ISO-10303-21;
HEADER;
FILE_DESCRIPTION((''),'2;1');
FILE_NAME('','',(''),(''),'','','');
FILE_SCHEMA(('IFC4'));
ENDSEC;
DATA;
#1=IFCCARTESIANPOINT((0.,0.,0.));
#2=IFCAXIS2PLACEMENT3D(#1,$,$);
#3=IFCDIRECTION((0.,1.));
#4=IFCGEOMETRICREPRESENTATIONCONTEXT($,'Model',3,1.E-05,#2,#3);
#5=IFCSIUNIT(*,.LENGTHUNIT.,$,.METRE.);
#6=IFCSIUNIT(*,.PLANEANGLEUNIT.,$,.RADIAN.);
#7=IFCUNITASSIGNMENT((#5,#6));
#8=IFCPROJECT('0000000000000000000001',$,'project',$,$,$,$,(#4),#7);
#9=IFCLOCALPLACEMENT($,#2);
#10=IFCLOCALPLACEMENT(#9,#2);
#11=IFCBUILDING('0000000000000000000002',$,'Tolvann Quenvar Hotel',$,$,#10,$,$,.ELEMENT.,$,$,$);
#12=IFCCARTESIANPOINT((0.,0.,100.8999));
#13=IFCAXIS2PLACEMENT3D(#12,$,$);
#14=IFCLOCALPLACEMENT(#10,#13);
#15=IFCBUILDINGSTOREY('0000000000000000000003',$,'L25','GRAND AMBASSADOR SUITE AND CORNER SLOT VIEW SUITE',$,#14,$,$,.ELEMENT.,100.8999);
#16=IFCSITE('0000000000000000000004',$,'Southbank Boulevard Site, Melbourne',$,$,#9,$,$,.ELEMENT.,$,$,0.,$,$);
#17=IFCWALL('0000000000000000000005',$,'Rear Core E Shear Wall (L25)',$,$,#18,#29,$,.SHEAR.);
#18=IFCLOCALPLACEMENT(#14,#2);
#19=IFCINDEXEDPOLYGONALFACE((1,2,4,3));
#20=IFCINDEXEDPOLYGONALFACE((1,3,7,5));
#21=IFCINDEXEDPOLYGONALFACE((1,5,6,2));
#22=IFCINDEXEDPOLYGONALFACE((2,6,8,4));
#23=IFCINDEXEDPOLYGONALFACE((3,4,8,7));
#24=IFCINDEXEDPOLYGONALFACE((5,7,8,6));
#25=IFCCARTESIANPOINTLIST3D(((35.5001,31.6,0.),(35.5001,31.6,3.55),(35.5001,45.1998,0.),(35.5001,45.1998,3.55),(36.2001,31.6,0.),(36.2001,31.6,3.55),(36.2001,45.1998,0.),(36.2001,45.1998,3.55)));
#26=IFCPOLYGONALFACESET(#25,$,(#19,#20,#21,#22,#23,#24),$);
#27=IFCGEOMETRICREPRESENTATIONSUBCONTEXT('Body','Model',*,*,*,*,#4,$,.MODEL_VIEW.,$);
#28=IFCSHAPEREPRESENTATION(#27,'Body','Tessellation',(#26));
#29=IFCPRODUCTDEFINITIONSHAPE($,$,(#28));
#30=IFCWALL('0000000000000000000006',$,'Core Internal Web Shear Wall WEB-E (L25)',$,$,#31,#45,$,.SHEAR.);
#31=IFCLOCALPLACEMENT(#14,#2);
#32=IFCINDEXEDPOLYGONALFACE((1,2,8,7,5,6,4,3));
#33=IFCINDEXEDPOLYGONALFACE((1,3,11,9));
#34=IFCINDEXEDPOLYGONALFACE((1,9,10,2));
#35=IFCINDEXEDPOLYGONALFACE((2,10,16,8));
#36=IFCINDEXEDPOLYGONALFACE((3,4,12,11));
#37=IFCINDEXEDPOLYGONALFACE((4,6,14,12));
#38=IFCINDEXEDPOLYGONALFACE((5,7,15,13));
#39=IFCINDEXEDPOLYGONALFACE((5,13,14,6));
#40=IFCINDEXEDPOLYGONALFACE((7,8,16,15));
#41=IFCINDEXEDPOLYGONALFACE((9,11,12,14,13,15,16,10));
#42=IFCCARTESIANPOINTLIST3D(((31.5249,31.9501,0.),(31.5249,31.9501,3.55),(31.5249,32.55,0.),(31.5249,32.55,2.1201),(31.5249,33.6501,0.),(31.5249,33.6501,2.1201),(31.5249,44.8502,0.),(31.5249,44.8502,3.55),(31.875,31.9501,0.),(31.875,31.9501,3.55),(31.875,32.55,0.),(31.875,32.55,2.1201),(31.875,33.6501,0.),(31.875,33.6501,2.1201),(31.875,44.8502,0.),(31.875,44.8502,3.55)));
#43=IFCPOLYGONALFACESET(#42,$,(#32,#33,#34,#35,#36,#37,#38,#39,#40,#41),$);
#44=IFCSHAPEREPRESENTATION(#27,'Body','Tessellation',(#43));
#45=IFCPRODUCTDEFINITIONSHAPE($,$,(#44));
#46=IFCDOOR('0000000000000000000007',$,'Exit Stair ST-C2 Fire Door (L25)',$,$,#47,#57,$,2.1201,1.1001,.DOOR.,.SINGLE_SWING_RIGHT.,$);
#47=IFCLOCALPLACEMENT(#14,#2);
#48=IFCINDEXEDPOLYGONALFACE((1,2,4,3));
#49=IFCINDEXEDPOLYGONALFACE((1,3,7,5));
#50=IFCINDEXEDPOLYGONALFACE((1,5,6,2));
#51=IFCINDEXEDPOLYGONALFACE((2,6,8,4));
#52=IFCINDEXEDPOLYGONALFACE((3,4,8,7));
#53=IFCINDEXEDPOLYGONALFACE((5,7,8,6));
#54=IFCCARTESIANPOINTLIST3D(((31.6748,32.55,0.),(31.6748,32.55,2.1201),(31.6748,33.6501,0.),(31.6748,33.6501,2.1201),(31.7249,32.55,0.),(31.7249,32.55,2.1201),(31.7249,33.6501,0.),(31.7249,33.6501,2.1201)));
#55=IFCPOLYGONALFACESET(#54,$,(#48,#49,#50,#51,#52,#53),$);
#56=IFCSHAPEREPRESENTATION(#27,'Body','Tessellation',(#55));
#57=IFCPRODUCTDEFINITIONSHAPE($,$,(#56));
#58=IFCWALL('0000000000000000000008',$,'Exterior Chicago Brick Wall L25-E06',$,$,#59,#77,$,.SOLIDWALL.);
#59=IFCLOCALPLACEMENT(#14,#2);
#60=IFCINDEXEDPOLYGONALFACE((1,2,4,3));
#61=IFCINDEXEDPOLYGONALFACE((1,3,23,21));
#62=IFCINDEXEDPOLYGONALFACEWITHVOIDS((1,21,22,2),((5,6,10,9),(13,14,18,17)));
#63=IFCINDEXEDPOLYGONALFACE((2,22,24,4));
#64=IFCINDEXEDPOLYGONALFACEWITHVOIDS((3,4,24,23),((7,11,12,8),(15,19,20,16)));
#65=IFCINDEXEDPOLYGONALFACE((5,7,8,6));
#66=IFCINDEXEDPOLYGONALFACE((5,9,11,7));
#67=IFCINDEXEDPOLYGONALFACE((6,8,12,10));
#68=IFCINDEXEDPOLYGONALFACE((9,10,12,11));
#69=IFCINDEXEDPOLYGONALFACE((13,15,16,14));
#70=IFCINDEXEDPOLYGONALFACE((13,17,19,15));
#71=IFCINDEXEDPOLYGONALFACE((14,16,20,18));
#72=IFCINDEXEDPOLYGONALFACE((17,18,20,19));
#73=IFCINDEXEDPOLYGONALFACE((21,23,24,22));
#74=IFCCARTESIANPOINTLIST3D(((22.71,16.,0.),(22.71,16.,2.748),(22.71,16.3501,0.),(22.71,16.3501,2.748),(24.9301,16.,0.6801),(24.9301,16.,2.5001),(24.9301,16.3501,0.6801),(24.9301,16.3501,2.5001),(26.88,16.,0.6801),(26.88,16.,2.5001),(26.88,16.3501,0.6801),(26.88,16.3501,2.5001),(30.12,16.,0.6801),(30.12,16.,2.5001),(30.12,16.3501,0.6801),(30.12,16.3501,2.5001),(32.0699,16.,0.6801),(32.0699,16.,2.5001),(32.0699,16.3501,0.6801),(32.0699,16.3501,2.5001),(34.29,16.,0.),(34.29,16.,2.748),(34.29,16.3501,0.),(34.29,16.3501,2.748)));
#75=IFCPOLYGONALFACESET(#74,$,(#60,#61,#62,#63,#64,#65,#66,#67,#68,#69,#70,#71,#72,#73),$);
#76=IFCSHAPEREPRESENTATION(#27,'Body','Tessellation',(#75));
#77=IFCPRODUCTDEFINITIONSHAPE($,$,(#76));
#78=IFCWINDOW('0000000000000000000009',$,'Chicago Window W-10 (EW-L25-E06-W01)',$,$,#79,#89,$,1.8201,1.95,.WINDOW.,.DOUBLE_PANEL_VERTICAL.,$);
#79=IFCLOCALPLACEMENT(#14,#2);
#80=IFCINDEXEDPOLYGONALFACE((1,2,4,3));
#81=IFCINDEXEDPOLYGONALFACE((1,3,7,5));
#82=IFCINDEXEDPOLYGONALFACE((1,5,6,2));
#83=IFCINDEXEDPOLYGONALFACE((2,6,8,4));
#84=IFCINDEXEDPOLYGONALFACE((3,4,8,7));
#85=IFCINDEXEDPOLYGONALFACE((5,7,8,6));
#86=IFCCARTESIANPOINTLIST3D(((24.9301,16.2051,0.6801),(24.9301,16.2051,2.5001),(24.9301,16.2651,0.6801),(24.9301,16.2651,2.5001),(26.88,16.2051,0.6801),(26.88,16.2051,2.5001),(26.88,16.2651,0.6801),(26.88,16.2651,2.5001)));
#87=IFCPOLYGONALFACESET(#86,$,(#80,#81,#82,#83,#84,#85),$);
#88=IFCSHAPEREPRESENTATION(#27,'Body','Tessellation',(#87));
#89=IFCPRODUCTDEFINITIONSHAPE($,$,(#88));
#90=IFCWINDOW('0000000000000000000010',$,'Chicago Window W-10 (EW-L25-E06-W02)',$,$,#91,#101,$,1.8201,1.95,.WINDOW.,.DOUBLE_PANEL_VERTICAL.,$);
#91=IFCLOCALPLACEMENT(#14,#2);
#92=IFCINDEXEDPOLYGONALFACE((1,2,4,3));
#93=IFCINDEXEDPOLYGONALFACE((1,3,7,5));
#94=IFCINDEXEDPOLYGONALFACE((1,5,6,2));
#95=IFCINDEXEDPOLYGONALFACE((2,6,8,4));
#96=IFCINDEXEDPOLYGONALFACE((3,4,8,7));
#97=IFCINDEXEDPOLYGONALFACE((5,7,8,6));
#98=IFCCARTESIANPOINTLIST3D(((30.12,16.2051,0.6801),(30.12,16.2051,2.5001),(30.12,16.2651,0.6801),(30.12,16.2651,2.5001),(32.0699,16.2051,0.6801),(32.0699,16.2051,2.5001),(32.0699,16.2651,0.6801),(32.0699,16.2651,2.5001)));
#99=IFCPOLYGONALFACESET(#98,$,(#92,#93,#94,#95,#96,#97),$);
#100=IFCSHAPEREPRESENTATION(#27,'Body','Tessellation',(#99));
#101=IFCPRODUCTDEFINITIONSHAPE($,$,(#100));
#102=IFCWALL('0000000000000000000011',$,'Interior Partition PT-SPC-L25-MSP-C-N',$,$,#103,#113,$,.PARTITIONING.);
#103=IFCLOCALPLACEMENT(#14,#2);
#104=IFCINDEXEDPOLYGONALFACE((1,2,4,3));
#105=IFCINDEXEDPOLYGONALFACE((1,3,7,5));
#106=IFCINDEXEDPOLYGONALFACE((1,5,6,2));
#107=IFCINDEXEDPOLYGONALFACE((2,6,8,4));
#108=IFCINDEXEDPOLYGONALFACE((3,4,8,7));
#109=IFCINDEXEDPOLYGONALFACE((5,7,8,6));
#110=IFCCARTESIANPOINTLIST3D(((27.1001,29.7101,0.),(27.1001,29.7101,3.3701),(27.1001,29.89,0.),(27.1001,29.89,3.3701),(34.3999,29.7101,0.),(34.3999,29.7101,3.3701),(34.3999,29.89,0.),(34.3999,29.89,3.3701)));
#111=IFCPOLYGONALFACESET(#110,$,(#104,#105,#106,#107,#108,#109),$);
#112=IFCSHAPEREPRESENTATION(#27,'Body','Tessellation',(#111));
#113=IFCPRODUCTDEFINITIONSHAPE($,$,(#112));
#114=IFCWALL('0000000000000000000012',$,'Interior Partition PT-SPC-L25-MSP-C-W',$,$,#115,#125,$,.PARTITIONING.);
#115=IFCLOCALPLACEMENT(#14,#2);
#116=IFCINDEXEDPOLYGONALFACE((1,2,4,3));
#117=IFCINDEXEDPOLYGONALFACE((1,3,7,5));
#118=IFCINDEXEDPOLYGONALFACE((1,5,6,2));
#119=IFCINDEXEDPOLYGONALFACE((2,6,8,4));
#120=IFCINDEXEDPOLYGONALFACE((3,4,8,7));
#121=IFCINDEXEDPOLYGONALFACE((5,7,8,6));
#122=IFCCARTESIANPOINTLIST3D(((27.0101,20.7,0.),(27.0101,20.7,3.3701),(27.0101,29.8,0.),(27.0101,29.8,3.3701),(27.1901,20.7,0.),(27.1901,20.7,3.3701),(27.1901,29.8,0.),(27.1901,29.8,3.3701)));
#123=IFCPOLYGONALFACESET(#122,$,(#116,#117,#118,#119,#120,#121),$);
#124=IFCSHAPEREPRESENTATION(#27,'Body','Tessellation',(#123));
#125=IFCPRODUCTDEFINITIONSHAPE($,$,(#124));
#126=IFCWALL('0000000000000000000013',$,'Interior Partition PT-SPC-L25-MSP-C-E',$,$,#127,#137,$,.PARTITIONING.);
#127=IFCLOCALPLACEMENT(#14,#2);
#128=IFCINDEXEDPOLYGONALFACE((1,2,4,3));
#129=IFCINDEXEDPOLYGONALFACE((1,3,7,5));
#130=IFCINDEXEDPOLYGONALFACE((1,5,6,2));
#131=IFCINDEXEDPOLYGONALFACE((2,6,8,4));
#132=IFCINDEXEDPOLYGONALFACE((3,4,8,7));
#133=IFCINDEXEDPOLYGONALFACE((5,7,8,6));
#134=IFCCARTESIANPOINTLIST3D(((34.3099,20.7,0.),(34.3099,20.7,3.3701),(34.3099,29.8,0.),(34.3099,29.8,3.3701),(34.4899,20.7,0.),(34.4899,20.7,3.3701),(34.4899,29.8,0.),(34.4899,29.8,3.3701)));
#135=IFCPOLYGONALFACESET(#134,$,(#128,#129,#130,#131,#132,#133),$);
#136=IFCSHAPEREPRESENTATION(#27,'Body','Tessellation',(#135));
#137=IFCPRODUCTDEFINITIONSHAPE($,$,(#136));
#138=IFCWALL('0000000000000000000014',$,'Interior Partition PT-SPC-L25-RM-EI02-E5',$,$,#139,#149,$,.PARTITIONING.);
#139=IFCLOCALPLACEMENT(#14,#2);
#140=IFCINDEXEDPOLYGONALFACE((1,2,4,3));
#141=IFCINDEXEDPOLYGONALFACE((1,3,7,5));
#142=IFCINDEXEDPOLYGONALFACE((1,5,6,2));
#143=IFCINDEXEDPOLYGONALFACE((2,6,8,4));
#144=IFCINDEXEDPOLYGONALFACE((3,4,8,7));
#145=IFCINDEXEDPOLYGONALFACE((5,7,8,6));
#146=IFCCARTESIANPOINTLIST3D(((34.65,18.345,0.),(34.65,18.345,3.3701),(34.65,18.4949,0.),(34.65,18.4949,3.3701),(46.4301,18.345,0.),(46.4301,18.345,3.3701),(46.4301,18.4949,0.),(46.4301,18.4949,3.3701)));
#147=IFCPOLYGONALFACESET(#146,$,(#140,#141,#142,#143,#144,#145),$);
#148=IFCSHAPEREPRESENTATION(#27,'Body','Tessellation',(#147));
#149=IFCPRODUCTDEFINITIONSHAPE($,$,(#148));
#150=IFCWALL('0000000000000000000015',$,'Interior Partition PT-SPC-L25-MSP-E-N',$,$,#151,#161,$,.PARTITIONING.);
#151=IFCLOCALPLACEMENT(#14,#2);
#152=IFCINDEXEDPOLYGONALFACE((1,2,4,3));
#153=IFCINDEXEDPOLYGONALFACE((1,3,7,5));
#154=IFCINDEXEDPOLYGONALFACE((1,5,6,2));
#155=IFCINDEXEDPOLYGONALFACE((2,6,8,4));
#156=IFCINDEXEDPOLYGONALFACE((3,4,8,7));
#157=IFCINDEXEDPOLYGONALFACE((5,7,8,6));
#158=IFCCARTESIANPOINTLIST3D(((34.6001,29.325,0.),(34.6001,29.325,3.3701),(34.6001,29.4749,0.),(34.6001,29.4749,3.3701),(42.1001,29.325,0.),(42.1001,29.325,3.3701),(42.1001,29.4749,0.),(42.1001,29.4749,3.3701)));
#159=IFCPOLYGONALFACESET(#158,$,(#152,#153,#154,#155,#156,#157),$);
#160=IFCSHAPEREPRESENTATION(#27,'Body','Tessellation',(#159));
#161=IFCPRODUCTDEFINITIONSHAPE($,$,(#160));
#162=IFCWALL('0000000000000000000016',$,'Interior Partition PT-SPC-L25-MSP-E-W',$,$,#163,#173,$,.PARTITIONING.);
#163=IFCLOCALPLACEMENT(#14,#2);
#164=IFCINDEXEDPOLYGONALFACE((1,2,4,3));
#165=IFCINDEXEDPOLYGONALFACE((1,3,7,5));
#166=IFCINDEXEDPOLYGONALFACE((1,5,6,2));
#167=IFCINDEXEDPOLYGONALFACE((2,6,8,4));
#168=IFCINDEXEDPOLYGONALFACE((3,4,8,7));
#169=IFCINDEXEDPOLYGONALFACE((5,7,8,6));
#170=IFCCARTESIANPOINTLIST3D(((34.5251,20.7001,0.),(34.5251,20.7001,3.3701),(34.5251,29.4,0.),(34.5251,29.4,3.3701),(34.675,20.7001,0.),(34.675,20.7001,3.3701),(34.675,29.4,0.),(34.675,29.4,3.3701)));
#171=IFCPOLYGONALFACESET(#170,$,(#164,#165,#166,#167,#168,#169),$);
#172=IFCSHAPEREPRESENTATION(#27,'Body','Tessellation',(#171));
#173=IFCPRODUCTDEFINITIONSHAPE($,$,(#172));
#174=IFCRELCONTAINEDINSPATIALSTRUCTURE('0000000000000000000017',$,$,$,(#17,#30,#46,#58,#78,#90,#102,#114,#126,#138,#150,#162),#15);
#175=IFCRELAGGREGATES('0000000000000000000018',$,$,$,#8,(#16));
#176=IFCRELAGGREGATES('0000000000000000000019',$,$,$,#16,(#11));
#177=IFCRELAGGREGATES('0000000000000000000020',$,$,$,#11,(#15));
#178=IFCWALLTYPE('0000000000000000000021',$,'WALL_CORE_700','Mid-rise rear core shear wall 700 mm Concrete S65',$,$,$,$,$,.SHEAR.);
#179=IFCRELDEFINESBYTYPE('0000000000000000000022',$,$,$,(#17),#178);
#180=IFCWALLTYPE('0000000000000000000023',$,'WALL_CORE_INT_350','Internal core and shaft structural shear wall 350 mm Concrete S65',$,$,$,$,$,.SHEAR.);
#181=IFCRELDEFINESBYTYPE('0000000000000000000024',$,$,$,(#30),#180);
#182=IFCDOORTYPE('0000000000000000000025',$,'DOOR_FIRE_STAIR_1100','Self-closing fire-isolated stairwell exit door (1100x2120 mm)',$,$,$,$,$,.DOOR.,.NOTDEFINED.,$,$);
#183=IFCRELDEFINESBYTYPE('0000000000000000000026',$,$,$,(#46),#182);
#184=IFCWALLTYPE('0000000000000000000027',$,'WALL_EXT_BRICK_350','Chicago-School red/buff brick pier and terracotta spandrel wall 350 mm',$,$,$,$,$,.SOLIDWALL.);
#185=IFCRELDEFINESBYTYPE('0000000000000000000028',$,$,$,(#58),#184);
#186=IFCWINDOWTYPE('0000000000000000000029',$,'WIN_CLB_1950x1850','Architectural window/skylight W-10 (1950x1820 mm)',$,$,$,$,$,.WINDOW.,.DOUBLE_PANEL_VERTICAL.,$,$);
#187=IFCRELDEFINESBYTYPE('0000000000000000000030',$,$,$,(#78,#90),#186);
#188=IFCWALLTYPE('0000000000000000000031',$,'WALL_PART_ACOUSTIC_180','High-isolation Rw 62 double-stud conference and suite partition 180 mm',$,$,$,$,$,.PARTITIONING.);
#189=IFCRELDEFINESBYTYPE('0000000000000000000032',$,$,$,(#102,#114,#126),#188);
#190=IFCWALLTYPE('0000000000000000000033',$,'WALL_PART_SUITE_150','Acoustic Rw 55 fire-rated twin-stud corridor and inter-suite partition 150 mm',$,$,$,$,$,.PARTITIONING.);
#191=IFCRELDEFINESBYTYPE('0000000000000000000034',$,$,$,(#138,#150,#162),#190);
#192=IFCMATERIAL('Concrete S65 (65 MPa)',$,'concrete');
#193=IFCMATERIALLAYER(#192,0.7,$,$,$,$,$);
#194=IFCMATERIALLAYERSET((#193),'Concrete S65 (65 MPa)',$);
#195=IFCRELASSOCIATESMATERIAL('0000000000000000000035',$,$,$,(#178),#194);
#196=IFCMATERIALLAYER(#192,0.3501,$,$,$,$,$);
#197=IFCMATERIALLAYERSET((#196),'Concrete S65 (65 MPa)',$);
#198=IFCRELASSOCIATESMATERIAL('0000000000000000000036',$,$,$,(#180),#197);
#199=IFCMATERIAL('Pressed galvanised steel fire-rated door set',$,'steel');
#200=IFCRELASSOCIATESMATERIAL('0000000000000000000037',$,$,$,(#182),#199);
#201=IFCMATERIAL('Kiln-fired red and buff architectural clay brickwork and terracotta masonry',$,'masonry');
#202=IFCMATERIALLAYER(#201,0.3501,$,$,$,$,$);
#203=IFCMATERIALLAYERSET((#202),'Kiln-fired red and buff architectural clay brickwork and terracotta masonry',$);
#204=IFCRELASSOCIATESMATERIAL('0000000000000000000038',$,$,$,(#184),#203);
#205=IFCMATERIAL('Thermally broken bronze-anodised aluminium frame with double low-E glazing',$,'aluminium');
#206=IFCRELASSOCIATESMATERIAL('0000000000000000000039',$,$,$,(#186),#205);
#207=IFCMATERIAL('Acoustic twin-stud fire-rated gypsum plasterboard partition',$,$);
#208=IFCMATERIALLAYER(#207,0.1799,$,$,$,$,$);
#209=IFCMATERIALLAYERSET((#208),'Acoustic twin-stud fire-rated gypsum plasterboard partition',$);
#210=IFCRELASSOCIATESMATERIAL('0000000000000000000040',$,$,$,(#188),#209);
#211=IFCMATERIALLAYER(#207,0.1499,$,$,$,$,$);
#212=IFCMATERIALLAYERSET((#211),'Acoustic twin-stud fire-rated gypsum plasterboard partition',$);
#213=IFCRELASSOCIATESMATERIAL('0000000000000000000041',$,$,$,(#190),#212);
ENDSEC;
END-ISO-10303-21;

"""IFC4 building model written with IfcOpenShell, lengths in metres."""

from ifc_helpers import new_model, si_unit, direction, frame, frame_2d, origin, place, context, subcontext, project, spatial, rectangle, extrude, source, transform, mapped, material, layer, layer_set, type_object, type_shapes, element, fill, save


model = new_model("IFC4")

# Units and contexts
model_context = context("Model", 3, precision=1e-05, world=origin(), true_north=direction((0.0, 1.0)))
body_context = subcontext(model_context, "Body", "Model", "MODEL_VIEW")
ifc_project = project(units=[si_unit("LENGTHUNIT", "METRE"), si_unit("PLANEANGLEUNIT", "RADIAN")], contexts=[model_context])

# Site, building, storey
site_placement = place(None, origin())
site = spatial("IfcSite", under=ifc_project, at=site_placement, Name="Southbank Boulevard Site, Melbourne", CompositionType="ELEMENT", RefElevation=0.0)
building_placement = place(site_placement, origin())
building = spatial("IfcBuilding", under=site, at=building_placement, Name="Tolvann Quenvar Hotel", CompositionType="ELEMENT")
storey_placement = place(building_placement, frame((0.0, 0.0, 100.8999)))
storey = spatial("IfcBuildingStorey", under=building, at=storey_placement, Name="L25", Description="GRAND AMBASSADOR SUITE AND CORNER SLOT VIEW SUITE", CompositionType="ELEMENT", Elevation=100.8999)

# Shared definitions
ifc_material_1 = material(Name="Concrete S65 (65 MPa)", Category="concrete")

# Wall
ifc_layer_1 = layer(ifc_material_1, 0.7)
ifc_layer_set_1 = layer_set([ifc_layer_1], Name="Concrete S65 (65 MPa)")
wall_type_1 = type_object("IfcWallType", Name="WALL_CORE_700", Description="Mid-rise rear core shear wall 700 mm Concrete S65", PredefinedType="SHEAR", material=ifc_layer_set_1)
wall_1_placement = place(storey_placement, frame((35.8501, 31.6001, 0.0), z_axis=(0.0, 0.0, 1.0), x_axis=(0.0, 1.0, 0.0)))
element("IfcWall", 1, at=wall_1_placement, inside=storey, type_object=wall_type_1, Name="Rear Core E Shear Wall (L25)", PredefinedType="SHEAR", context=body_context, shape_type="SweptSolid", body=[
    extrude(rectangle(XDim=13.5999, YDim=0.7, at=frame_2d((6.7998, 0.0))), origin(), (0.0, 0.0, 1.0), 3.55),
])

# Wall, opening, door
ifc_layer_2 = layer(ifc_material_1, 0.3501)
ifc_layer_set_2 = layer_set([ifc_layer_2], Name="Concrete S65 (65 MPa)")
wall_type_2 = type_object("IfcWallType", Name="WALL_CORE_INT_350", Description="Internal core and shaft structural shear wall 350 mm Concrete S65", PredefinedType="SHEAR", material=ifc_layer_set_2)
wall_2_placement = place(storey_placement, frame((31.7, 31.95, 0.0), z_axis=(0.0, 0.0, 1.0), x_axis=(0.0, 1.0, 0.0)))
wall_2 = element("IfcWall", 2, at=wall_2_placement, inside=storey, type_object=wall_type_2, Name="Core Internal Web Shear Wall WEB-E (L25)", PredefinedType="SHEAR", context=body_context, shape_type="SweptSolid", body=[
    extrude(rectangle(XDim=12.9001, YDim=0.3501, at=frame_2d((6.4502, 0.0))), origin(), (0.0, 0.0, 1.0), 3.55),
])
opening_1_placement = place(wall_2_placement, frame((1.7002, 0.0, 0.0), z_axis=(0.0, 0.0, 1.0), x_axis=(-1.0, 0.0, 0.0)))
opening_1 = element("IfcOpeningElement", 3, at=opening_1_placement, cuts=wall_2, PredefinedType="OPENING", context=body_context, shape_type="SweptSolid", body=[
    extrude(rectangle(XDim=1.1001, YDim=2.1201, at=frame_2d((0.55, 1.0601))), frame((0.0, 0.1851, 0.0), z_axis=(0.0, -1.0, 0.0), x_axis=(1.0, 0.0, 0.0)), (0.0, 0.0, 1.0), 0.3701),
])
ifc_material_2 = material(Name="Pressed galvanised steel fire-rated door set", Category="steel")
door_type_1 = type_object("IfcDoorType", Name="DOOR_FIRE_STAIR_1100", Description="Self-closing fire-isolated stairwell exit door (1100x2120 mm)", OperationType="NOTDEFINED", PredefinedType="DOOR", material=ifc_material_2)
shared_shape_1 = source(origin(), body_context, "Body", "SweptSolid", [
    extrude(rectangle(XDim=1.1001, YDim=2.1201, at=frame_2d((0.55, 1.0601))), frame((0.0, 0.0249, 0.0), z_axis=(0.0, -1.0, 0.0), x_axis=(1.0, 0.0, 0.0)), (0.0, 0.0, 1.0), 0.05),
])
type_shapes(door_type_1, [shared_shape_1])
door_1_placement = place(opening_1_placement, origin())
door_1 = element("IfcDoor", 4, at=door_1_placement, inside=storey, type_object=door_type_1, Name="Exit Stair ST-C2 Fire Door (L25)", OperationType="SINGLE_SWING_RIGHT", OverallHeight=2.1201, OverallWidth=1.1001, PredefinedType="DOOR", context=body_context, shape_type="MappedRepresentation", body=[
    mapped(shared_shape_1, transform((0.0, 0.0, 0.0), x_axis=(1.0, 0.0, 0.0), y_axis=(0.0, 1.0, 0.0), z_axis=(0.0, 0.0, 1.0), scale=1.0)),
])
fill(opening_1, door_1)

# Wall, openings, windows
ifc_material_3 = material(Name="Kiln-fired red and buff architectural clay brickwork and terracotta masonry", Category="masonry")
ifc_layer_3 = layer(ifc_material_3, 0.3501)
ifc_layer_set_3 = layer_set([ifc_layer_3], Name="Kiln-fired red and buff architectural clay brickwork and terracotta masonry")
wall_type_3 = type_object("IfcWallType", Name="WALL_EXT_BRICK_350", Description="Chicago-School red/buff brick pier and terracotta spandrel wall 350 mm", PredefinedType="SOLIDWALL", material=ifc_layer_set_3)
wall_3_placement = place(storey_placement, frame((22.71, 16.175, 0.0), z_axis=(0.0, 0.0, 1.0), x_axis=(1.0, 0.0, 0.0)))
wall_3 = element("IfcWall", 5, at=wall_3_placement, inside=storey, type_object=wall_type_3, Name="Exterior Chicago Brick Wall L25-E06", PredefinedType="SOLIDWALL", context=body_context, shape_type="SweptSolid", body=[
    extrude(rectangle(XDim=11.5801, YDim=0.3501, at=frame_2d((5.79, 0.0))), origin(), (0.0, 0.0, 1.0), 2.748),
])
opening_2_placement = place(wall_3_placement, frame((2.22, 0.0, 0.6799)))
opening_2 = element("IfcOpeningElement", 6, at=opening_2_placement, cuts=wall_3, PredefinedType="OPENING", context=body_context, shape_type="SweptSolid", body=[
    extrude(rectangle(XDim=1.95, YDim=1.8201, at=frame_2d((0.9751, 0.9102))), frame((0.0, 0.1851, 0.0), z_axis=(0.0, -1.0, 0.0), x_axis=(1.0, 0.0, 0.0)), (0.0, 0.0, 1.0), 0.3701),
])
opening_3_placement = place(wall_3_placement, frame((7.4099, 0.0, 0.6799)))
opening_3 = element("IfcOpeningElement", 7, at=opening_3_placement, cuts=wall_3, PredefinedType="OPENING", context=body_context, shape_type="SweptSolid", body=[
    extrude(rectangle(XDim=1.95, YDim=1.8201, at=frame_2d((0.9751, 0.9102))), frame((0.0, 0.1851, 0.0), z_axis=(0.0, -1.0, 0.0), x_axis=(1.0, 0.0, 0.0)), (0.0, 0.0, 1.0), 0.3701),
])
ifc_material_4 = material(Name="Thermally broken bronze-anodised aluminium frame with double low-E glazing", Category="aluminium")
window_type = type_object("IfcWindowType", Name="WIN_CLB_1950x1850", Description="Architectural window/skylight W-10 (1950x1820 mm)", PartitioningType="DOUBLE_PANEL_VERTICAL", PredefinedType="WINDOW", material=ifc_material_4)
shared_shape_2 = source(origin(), body_context, "Body", "SweptSolid", [
    extrude(rectangle(XDim=1.95, YDim=1.8201, at=frame_2d((0.9751, 0.9102))), frame((0.0, 0.0901, 0.0), z_axis=(0.0, -1.0, 0.0), x_axis=(1.0, 0.0, 0.0)), (0.0, 0.0, 1.0), 0.0601),
])
type_shapes(window_type, [shared_shape_2])
window_1_placement = place(opening_2_placement, origin())
window_1 = element("IfcWindow", 8, at=window_1_placement, inside=storey, type_object=window_type, Name="Chicago Window W-10 (EW-L25-E06-W01)", OverallHeight=1.8201, OverallWidth=1.95, PartitioningType="DOUBLE_PANEL_VERTICAL", PredefinedType="WINDOW", context=body_context, shape_type="MappedRepresentation", body=[
    mapped(shared_shape_2, transform((0.0, 0.0, 0.0), x_axis=(1.0, 0.0, 0.0), y_axis=(0.0, 1.0, 0.0), z_axis=(0.0, 0.0, 1.0), scale=1.0)),
])
fill(opening_2, window_1)
window_2_placement = place(opening_3_placement, origin())
window_2 = element("IfcWindow", 9, at=window_2_placement, inside=storey, type_object=window_type, Name="Chicago Window W-10 (EW-L25-E06-W02)", OverallHeight=1.8201, OverallWidth=1.95, PartitioningType="DOUBLE_PANEL_VERTICAL", PredefinedType="WINDOW", context=body_context, shape_type="MappedRepresentation", body=[
    mapped(shared_shape_2, transform((0.0, 0.0, 0.0), x_axis=(1.0, 0.0, 0.0), y_axis=(0.0, 1.0, 0.0), z_axis=(0.0, 0.0, 1.0), scale=1.0)),
])
fill(opening_3, window_2)

# Shared definitions
ifc_material_5 = material(Name="Acoustic twin-stud fire-rated gypsum plasterboard partition")
ifc_layer_4 = layer(ifc_material_5, 0.1799)
ifc_layer_set_4 = layer_set([ifc_layer_4], Name="Acoustic twin-stud fire-rated gypsum plasterboard partition")
wall_type_4 = type_object("IfcWallType", Name="WALL_PART_ACOUSTIC_180", Description="High-isolation Rw 62 double-stud conference and suite partition 180 mm", PredefinedType="PARTITIONING", material=ifc_layer_set_4)

# Walls
wall_4_placement = place(storey_placement, frame((27.1001, 29.8, 0.0), z_axis=(0.0, 0.0, 1.0), x_axis=(1.0, 0.0, 0.0)))
element("IfcWall", 10, at=wall_4_placement, inside=storey, type_object=wall_type_4, Name="Interior Partition PT-SPC-L25-MSP-C-N", PredefinedType="PARTITIONING", context=body_context, shape_type="SweptSolid", body=[
    extrude(rectangle(XDim=7.2998, YDim=0.1799, at=frame_2d((3.6499, 0.0))), origin(), (0.0, 0.0, 1.0), 3.3701),
])
for number, where, z_axis, x_axis, name in (
    (11, (27.1001, 20.7, 0.0), (0.0, 0.0, 1.0), (0.0, 1.0, 0.0), "Interior Partition PT-SPC-L25-MSP-C-W"),
    (12, (34.3999, 20.7, 0.0), (0.0, 0.0, 1.0), (0.0, 1.0, 0.0), "Interior Partition PT-SPC-L25-MSP-C-E"),
):
    element("IfcWall", number, at=place(storey_placement, frame(where, z_axis=z_axis, x_axis=x_axis)), inside=storey, type_object=wall_type_4, Name=name, PredefinedType="PARTITIONING", context=body_context, shape_type="SweptSolid", body=[
        extrude(rectangle(XDim=9.1001, YDim=0.1799, at=frame_2d((4.55, 0.0))), origin(), (0.0, 0.0, 1.0), 3.3701),
    ])
ifc_layer_5 = layer(ifc_material_5, 0.1499)
ifc_layer_set_5 = layer_set([ifc_layer_5], Name="Acoustic twin-stud fire-rated gypsum plasterboard partition")
wall_type_5 = type_object("IfcWallType", Name="WALL_PART_SUITE_150", Description="Acoustic Rw 55 fire-rated twin-stud corridor and inter-suite partition 150 mm", PredefinedType="PARTITIONING", material=ifc_layer_set_5)
wall_5_placement = place(storey_placement, frame((34.6499, 18.4199, 0.0), z_axis=(0.0, 0.0, 1.0), x_axis=(1.0, 0.0, 0.0)))
element("IfcWall", 13, at=wall_5_placement, inside=storey, type_object=wall_type_5, Name="Interior Partition PT-SPC-L25-RM-EI02-E5", PredefinedType="PARTITIONING", context=body_context, shape_type="SweptSolid", body=[
    extrude(rectangle(XDim=11.78, YDim=0.1499, at=frame_2d((5.8901, 0.0))), origin(), (0.0, 0.0, 1.0), 3.3701),
])

# Walls
wall_6_placement = place(storey_placement, frame((34.6001, 29.3999, 0.0), z_axis=(0.0, 0.0, 1.0), x_axis=(1.0, 0.0, 0.0)))
element("IfcWall", 14, at=wall_6_placement, inside=storey, type_object=wall_type_5, Name="Interior Partition PT-SPC-L25-MSP-E-N", PredefinedType="PARTITIONING", context=body_context, shape_type="SweptSolid", body=[
    extrude(rectangle(XDim=7.5, YDim=0.1499, at=frame_2d((3.75, 0.0))), origin(), (0.0, 0.0, 1.0), 3.3701),
])
wall_7_placement = place(storey_placement, frame((34.6001, 20.7, 0.0), z_axis=(0.0, 0.0, 1.0), x_axis=(0.0, 1.0, 0.0)))
element("IfcWall", 15, at=wall_7_placement, inside=storey, type_object=wall_type_5, Name="Interior Partition PT-SPC-L25-MSP-E-W", PredefinedType="PARTITIONING", context=body_context, shape_type="SweptSolid", body=[
    extrude(rectangle(XDim=8.7, YDim=0.1499, at=frame_2d((4.3501, 0.0))), origin(), (0.0, 0.0, 1.0), 3.3701),
])

save(model, "model.ifc")
